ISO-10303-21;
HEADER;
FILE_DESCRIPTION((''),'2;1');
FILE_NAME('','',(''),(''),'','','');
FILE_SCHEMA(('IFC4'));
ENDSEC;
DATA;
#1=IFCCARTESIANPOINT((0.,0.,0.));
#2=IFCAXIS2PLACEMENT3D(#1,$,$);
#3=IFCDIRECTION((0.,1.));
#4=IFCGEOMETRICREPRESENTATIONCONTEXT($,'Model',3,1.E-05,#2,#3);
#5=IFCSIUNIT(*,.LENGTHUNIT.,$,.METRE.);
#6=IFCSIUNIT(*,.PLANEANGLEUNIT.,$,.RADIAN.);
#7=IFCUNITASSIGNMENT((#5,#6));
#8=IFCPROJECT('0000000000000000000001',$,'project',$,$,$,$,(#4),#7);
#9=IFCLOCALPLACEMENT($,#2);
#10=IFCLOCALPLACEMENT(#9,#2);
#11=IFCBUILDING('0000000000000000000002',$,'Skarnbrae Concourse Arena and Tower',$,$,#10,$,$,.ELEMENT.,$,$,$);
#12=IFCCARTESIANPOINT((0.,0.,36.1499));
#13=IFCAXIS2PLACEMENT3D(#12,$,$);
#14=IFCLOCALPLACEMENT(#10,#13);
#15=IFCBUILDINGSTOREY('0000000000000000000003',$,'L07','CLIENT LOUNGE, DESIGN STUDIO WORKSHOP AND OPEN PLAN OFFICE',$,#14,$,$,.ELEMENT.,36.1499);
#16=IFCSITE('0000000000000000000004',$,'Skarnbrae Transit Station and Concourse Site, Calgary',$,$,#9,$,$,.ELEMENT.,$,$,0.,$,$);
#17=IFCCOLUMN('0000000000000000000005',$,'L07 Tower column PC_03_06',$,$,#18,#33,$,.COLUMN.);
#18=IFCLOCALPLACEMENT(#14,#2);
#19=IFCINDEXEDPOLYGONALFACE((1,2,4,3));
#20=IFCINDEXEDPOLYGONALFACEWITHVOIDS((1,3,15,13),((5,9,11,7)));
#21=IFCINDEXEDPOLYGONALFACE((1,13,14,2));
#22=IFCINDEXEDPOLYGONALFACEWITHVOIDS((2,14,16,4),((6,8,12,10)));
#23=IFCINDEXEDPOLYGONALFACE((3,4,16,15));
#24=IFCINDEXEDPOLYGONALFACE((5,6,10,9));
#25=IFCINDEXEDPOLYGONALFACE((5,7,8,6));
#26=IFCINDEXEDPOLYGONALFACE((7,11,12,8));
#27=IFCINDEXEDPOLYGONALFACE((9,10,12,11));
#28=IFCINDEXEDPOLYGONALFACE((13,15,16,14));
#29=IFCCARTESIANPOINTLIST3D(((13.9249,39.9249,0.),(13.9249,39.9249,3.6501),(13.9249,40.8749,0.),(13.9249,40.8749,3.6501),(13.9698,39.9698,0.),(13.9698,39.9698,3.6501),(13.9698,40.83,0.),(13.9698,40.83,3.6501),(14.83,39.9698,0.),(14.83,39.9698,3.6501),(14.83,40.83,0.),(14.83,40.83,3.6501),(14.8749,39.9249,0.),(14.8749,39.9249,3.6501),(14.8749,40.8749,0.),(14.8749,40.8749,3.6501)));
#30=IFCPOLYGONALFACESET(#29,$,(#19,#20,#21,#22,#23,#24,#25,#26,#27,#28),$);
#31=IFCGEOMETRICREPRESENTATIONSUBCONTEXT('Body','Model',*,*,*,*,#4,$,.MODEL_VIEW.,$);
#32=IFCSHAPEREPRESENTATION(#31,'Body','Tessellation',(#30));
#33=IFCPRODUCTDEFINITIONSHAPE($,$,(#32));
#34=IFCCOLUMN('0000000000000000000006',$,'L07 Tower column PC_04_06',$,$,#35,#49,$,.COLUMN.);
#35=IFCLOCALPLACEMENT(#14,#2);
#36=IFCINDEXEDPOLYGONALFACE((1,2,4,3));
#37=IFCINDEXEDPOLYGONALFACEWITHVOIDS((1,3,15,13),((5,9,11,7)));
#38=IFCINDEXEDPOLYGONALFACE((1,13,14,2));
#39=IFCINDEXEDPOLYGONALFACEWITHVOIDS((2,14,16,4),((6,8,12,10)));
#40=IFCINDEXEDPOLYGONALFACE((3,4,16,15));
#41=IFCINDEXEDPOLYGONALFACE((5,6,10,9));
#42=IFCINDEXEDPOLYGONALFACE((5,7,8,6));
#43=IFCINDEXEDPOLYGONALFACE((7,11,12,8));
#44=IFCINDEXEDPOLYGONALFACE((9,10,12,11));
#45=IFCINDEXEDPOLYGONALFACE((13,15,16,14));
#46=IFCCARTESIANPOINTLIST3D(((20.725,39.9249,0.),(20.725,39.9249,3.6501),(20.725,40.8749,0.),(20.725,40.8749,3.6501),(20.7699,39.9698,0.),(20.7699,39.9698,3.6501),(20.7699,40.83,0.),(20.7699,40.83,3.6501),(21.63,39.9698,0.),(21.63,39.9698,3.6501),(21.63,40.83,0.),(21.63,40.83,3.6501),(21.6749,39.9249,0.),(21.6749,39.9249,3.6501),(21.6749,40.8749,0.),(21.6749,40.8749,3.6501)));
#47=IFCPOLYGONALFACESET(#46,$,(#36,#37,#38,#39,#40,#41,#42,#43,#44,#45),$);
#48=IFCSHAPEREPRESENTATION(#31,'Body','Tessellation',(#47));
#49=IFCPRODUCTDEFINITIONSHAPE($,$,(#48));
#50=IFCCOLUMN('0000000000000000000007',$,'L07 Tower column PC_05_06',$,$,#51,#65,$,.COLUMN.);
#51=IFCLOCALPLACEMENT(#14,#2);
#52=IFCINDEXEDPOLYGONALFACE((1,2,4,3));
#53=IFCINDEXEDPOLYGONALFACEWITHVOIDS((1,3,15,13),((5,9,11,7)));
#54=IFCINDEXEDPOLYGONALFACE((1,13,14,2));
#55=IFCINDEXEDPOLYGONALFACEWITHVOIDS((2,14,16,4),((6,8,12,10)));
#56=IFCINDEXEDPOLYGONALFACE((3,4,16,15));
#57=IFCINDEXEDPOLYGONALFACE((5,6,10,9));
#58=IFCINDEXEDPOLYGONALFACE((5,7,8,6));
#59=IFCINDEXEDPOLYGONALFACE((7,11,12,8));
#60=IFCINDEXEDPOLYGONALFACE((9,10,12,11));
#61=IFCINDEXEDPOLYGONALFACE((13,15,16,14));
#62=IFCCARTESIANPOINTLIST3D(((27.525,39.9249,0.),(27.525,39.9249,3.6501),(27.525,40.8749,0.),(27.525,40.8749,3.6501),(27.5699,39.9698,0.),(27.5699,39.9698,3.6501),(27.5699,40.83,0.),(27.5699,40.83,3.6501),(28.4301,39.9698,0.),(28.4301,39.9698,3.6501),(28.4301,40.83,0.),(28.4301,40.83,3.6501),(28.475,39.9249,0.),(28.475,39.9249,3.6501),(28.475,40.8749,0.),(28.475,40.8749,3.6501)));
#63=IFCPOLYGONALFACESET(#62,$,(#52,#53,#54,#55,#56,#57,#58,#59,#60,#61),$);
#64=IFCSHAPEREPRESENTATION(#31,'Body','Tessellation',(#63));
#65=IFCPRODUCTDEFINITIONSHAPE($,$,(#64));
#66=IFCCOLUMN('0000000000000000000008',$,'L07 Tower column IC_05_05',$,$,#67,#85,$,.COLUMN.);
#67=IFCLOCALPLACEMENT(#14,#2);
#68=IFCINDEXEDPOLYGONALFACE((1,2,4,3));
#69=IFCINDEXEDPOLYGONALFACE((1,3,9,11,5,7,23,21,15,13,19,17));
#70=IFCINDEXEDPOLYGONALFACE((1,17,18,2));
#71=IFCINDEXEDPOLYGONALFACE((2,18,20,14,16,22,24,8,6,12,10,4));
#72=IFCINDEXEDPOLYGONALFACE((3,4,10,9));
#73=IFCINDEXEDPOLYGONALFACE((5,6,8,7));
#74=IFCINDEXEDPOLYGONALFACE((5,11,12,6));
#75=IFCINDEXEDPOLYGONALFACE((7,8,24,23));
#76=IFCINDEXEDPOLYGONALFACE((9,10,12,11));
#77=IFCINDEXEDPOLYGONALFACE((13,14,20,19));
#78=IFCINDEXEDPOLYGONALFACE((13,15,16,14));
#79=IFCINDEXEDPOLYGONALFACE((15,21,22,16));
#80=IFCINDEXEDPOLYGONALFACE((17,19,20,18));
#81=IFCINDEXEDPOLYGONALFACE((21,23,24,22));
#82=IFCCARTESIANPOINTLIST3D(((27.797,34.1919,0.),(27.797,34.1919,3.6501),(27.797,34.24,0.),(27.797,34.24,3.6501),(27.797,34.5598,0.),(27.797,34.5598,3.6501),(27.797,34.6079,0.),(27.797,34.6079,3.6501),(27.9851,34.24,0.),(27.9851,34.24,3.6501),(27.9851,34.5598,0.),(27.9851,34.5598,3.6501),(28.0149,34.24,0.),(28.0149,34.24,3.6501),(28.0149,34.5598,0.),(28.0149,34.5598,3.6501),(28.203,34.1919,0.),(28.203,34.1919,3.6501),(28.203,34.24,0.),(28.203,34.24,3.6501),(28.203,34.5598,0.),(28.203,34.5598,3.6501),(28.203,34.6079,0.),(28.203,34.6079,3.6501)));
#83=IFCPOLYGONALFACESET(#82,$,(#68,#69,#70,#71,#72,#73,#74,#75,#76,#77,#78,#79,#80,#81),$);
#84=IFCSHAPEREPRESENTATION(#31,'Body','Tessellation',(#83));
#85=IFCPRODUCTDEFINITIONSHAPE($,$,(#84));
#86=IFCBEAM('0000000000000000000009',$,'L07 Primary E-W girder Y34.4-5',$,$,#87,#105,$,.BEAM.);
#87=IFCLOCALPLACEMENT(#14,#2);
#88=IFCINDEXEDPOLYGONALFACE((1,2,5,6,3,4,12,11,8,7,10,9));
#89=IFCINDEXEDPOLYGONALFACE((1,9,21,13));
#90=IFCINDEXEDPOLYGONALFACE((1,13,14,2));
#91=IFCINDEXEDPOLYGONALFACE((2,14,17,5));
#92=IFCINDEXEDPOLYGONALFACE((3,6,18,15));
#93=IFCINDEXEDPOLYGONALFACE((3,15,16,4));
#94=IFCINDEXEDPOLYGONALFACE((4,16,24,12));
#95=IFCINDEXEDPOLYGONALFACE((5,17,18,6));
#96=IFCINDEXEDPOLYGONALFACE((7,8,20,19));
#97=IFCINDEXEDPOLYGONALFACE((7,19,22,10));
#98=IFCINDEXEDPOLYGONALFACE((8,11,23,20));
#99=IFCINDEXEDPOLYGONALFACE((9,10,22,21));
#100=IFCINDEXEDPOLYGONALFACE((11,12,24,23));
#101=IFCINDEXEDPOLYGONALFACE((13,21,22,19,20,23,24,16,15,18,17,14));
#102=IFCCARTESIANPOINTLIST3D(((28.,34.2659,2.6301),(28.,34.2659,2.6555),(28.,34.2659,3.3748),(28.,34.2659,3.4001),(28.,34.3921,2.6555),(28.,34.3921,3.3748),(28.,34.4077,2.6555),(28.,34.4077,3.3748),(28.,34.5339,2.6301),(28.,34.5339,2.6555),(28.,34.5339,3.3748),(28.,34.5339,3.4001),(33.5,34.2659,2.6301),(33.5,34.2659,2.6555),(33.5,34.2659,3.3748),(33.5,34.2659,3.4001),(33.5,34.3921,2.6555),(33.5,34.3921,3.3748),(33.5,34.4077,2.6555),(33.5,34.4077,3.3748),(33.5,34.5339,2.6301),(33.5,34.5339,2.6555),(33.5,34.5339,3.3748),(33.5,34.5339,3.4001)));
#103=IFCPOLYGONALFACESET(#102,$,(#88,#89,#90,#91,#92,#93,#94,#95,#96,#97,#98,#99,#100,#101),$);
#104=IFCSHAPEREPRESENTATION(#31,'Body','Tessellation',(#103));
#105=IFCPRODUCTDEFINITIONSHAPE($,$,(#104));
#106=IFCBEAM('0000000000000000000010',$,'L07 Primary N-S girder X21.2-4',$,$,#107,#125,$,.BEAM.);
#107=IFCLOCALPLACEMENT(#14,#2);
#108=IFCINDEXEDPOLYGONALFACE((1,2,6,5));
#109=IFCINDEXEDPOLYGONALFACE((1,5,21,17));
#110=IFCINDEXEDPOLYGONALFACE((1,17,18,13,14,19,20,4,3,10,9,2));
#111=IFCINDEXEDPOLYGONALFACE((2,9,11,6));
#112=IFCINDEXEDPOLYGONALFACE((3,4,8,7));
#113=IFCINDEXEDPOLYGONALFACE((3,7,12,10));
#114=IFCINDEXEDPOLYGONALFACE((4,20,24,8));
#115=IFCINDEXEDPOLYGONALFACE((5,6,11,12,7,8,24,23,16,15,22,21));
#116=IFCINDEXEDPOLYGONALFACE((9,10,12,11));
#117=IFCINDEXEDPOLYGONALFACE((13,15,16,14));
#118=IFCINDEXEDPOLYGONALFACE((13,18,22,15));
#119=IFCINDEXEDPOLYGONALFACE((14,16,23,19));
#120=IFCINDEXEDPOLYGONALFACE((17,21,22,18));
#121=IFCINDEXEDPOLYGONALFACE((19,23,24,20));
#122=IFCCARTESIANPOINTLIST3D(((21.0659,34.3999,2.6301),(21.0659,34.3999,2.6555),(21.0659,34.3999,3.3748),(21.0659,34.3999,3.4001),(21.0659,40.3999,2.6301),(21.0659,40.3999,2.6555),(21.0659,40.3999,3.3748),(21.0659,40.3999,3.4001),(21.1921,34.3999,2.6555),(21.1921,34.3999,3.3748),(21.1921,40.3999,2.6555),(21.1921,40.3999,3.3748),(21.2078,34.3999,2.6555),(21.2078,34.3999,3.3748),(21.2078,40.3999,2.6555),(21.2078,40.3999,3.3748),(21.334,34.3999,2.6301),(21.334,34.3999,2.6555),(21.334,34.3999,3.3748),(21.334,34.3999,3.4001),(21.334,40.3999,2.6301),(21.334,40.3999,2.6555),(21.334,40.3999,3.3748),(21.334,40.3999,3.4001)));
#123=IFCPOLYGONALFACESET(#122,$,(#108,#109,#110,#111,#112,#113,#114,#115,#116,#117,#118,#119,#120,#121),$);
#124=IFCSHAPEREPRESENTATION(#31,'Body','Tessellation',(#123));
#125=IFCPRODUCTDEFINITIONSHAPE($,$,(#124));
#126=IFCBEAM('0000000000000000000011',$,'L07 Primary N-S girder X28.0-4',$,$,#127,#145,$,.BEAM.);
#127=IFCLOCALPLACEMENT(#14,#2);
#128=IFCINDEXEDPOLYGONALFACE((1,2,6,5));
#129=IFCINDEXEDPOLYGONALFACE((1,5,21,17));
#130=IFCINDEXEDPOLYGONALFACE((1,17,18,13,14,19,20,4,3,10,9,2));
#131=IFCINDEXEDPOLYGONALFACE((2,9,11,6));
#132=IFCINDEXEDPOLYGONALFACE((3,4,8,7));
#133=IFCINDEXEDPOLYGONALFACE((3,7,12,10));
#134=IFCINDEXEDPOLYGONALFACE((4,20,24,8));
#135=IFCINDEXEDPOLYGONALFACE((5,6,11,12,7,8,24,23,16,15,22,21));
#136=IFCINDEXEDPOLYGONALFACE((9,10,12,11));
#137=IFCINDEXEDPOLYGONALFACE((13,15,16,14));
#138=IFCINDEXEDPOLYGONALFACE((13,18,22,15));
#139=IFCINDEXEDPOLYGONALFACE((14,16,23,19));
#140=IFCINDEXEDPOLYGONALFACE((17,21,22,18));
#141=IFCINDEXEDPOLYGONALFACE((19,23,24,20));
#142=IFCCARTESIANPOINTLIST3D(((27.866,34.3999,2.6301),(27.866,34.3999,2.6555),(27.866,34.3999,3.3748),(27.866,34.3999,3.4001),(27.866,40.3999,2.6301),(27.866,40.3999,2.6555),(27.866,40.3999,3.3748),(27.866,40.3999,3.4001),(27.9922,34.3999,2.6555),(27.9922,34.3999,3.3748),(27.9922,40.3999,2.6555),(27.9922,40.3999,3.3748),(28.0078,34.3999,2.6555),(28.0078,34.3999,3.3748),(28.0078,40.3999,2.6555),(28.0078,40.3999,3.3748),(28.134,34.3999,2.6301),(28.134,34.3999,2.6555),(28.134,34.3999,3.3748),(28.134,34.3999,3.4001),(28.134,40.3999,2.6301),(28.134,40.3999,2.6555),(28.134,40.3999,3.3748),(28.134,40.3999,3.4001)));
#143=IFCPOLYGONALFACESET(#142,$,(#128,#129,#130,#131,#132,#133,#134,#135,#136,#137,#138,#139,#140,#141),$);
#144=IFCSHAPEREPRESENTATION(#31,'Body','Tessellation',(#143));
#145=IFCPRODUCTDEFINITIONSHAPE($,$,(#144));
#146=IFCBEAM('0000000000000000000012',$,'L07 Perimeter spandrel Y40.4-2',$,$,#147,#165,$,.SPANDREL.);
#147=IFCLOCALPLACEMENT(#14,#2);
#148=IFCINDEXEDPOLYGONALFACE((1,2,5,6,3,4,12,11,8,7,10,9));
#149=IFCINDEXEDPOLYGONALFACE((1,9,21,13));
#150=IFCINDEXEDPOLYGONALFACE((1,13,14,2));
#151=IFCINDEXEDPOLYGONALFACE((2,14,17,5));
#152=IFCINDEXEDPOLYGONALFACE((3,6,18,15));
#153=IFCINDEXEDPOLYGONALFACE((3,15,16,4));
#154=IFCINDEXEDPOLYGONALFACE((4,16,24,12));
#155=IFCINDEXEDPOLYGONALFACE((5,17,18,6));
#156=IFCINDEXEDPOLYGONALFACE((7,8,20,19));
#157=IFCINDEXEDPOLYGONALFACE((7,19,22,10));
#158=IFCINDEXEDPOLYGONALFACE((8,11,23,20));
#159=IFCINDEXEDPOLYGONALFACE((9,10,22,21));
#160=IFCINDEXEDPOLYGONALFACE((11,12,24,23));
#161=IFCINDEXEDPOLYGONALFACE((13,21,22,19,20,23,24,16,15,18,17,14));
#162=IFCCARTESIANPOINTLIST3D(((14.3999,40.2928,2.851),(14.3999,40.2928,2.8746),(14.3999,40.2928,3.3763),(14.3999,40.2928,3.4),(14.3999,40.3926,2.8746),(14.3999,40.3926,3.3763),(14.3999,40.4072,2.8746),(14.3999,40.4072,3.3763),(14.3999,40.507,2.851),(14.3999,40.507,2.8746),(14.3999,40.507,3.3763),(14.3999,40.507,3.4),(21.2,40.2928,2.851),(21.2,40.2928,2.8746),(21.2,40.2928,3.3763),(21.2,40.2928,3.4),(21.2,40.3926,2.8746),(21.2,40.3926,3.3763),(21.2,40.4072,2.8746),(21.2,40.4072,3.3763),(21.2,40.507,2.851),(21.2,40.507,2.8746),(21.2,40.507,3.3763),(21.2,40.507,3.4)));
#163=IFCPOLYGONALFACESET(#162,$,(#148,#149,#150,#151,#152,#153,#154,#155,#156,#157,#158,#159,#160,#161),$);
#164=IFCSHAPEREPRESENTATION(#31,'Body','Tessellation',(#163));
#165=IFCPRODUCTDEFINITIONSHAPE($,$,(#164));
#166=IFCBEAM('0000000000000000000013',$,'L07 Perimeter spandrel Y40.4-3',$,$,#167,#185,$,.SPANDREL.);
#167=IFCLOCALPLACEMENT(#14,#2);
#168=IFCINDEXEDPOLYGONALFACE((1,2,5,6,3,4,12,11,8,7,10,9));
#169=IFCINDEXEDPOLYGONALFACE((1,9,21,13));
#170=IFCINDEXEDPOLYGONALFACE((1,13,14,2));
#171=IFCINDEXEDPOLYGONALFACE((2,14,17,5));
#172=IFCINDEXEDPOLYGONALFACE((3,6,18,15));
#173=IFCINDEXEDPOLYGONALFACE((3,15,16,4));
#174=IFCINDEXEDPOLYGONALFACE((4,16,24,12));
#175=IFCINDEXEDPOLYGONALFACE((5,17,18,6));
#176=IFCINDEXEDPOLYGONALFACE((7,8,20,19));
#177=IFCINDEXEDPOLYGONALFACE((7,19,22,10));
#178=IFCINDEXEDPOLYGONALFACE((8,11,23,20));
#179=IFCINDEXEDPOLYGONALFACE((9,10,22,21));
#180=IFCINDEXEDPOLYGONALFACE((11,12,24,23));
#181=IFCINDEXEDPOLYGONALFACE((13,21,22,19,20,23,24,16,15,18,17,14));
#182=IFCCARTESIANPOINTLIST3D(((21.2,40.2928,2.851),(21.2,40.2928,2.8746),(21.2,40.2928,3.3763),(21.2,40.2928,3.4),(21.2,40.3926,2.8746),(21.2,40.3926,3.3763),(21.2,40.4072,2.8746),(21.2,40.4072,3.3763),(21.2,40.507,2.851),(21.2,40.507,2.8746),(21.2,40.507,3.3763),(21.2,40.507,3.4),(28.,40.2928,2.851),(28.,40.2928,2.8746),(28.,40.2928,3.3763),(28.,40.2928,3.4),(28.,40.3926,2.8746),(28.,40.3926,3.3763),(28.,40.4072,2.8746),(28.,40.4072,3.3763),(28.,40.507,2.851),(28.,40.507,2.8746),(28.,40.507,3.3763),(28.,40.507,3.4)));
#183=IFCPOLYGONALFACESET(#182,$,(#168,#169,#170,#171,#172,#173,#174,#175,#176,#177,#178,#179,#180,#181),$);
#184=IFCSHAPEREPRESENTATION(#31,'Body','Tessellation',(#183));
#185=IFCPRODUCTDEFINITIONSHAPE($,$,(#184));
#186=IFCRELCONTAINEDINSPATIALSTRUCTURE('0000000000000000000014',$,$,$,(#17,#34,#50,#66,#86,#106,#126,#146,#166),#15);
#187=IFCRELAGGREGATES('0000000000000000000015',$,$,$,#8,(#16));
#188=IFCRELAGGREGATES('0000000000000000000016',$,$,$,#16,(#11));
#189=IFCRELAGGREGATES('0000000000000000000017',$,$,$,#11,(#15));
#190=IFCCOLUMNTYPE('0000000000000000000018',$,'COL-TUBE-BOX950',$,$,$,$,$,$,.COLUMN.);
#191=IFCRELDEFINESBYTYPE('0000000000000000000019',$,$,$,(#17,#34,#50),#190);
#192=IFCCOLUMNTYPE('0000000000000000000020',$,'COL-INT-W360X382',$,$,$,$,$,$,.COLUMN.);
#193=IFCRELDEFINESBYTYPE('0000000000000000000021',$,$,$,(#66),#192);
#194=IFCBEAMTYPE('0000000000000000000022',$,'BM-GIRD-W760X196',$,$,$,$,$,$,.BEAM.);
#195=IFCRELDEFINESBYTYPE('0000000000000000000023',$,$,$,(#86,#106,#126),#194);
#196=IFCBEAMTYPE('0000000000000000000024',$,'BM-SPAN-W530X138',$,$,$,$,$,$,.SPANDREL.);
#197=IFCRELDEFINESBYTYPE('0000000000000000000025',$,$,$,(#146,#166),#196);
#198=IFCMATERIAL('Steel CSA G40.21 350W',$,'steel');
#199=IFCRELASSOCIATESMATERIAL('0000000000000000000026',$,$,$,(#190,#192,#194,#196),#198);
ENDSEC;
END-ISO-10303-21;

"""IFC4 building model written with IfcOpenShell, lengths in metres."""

from ifc_helpers import new_model, si_unit, direction, frame, origin, origin_2d, place, context, subcontext, project, spatial, hollow_rectangle, i_section, extrude, source, transform, mapped, material, material_profile, profile_set, type_object, element, save


model = new_model("IFC4")

# Units and contexts
model_context = context("Model", 3, precision=1e-05, world=origin(), true_north=direction((0.0, 1.0)))
body_context = subcontext(model_context, "Body", "Model", "MODEL_VIEW")
ifc_project = project(units=[si_unit("LENGTHUNIT", "METRE"), si_unit("PLANEANGLEUNIT", "RADIAN")], contexts=[model_context])

# Site, building, storey
site_placement = place(None, origin())
site = spatial("IfcSite", under=ifc_project, at=site_placement, Name="Skarnbrae Transit Station and Concourse Site, Calgary", CompositionType="ELEMENT", RefElevation=0.0)
building_placement = place(site_placement, origin())
building = spatial("IfcBuilding", under=site, at=building_placement, Name="Skarnbrae Concourse Arena and Tower", CompositionType="ELEMENT")
storey_placement = place(building_placement, frame((0.0, 0.0, 36.1499)))
storey = spatial("IfcBuildingStorey", under=building, at=storey_placement, Name="L07", Description="CLIENT LOUNGE, DESIGN STUDIO WORKSHOP AND OPEN PLAN OFFICE", CompositionType="ELEMENT", Elevation=36.1499)

# Columns
ifc_material_1 = material(Name="Steel CSA G40.21 350W", Category="steel")
ifc_material_profile_1 = material_profile(ifc_material_1, hollow_rectangle(XDim=0.95, YDim=0.95, WallThickness=0.0449, at=origin_2d()), Name="BOX950X950X45")
ifc_profile_set_1 = profile_set([ifc_material_profile_1], Name="Steel CSA G40.21 350W")
column_type_1 = type_object("IfcColumnType", Name="COL-TUBE-BOX950", PredefinedType="COLUMN", material=ifc_profile_set_1)
shared_shape_1 = source(origin(), body_context, "Body", "SweptSolid", [
    extrude(hollow_rectangle(XDim=0.95, YDim=0.95, WallThickness=0.0449, at=origin_2d()), origin(), (0.0, 0.0, 1.0), 3.6501),
])
for number, where, z_axis, x_axis, name in (
    (1, (14.3999, 40.3999, 0.0), (0.0, 0.0, 1.0), (1.0, 0.0, 0.0), "L07 Tower column PC_03_06"),
    (2, (21.2, 40.3999, 0.0), (0.0, 0.0, 1.0), (1.0, 0.0, 0.0), "L07 Tower column PC_04_06"),
    (3, (28.0, 40.3999, 0.0), (0.0, 0.0, 1.0), (1.0, 0.0, 0.0), "L07 Tower column PC_05_06"),
):
    element("IfcColumn", number, at=place(storey_placement, frame(where, z_axis=z_axis, x_axis=x_axis)), inside=storey, type_object=column_type_1, Name=name, PredefinedType="COLUMN", context=body_context, shape_type="MappedRepresentation", body=[
        mapped(shared_shape_1, transform((0.0, 0.0, 0.0))),
    ])
ifc_material_profile_2 = material_profile(ifc_material_1, i_section(OverallWidth=0.406, OverallDepth=0.416, WebThickness=0.0298, FlangeThickness=0.0481, at=origin_2d()), Name="W360X382")
ifc_profile_set_2 = profile_set([ifc_material_profile_2], Name="Steel CSA G40.21 350W")
column_type_2 = type_object("IfcColumnType", Name="COL-INT-W360X382", PredefinedType="COLUMN", material=ifc_profile_set_2)
shared_shape_2 = source(origin(), body_context, "Body", "SweptSolid", [
    extrude(i_section(OverallWidth=0.406, OverallDepth=0.416, WebThickness=0.0298, FlangeThickness=0.0481, at=origin_2d()), origin(), (0.0, 0.0, 1.0), 3.6501),
])
column_placement = place(storey_placement, frame((28.0, 34.3999, 0.0), z_axis=(0.0, 0.0, 1.0), x_axis=(1.0, 0.0, 0.0)))
element("IfcColumn", 4, at=column_placement, inside=storey, type_object=column_type_2, Name="L07 Tower column IC_05_05", PredefinedType="COLUMN", context=body_context, shape_type="MappedRepresentation", body=[
    mapped(shared_shape_2, transform((0.0, 0.0, 0.0))),
])

# Beams
ifc_material_profile_3 = material_profile(ifc_material_1, i_section(OverallWidth=0.2681, OverallDepth=0.77, WebThickness=0.0156, FlangeThickness=0.0254, at=origin_2d()), Name="W760X196")
ifc_profile_set_3 = profile_set([ifc_material_profile_3], Name="Steel CSA G40.21 350W")
beam_type_1 = type_object("IfcBeamType", Name="BM-GIRD-W760X196", PredefinedType="BEAM", material=ifc_profile_set_3)
shared_shape_3 = source(origin(), body_context, "Body", "SweptSolid", [
    extrude(i_section(OverallWidth=0.2681, OverallDepth=0.77, WebThickness=0.0156, FlangeThickness=0.0254, at=origin_2d()), origin(), (0.0, 0.0, 1.0), 5.5),
])
beam_1_placement = place(storey_placement, frame((28.0, 34.3999, 3.0151), z_axis=(1.0, 0.0, 0.0), x_axis=(0.0, 1.0, 0.0)))
element("IfcBeam", 5, at=beam_1_placement, inside=storey, type_object=beam_type_1, Name="L07 Primary E-W girder Y34.4-5", PredefinedType="BEAM", context=body_context, shape_type="MappedRepresentation", body=[
    mapped(shared_shape_3, transform((0.0, 0.0, 0.0))),
])
shared_shape_4 = source(origin(), body_context, "Body", "SweptSolid", [
    extrude(i_section(OverallWidth=0.2681, OverallDepth=0.77, WebThickness=0.0156, FlangeThickness=0.0254, at=origin_2d()), origin(), (0.0, 0.0, 1.0), 6.0),
])
for number, where, z_axis, x_axis, name in (
    (6, (21.2, 34.3999, 3.0151), (0.0, 1.0, 0.0), (-1.0, 0.0, 0.0), "L07 Primary N-S girder X21.2-4"),
    (7, (28.0, 34.3999, 3.0151), (0.0, 1.0, 0.0), (-1.0, 0.0, 0.0), "L07 Primary N-S girder X28.0-4"),
):
    element("IfcBeam", number, at=place(storey_placement, frame(where, z_axis=z_axis, x_axis=x_axis)), inside=storey, type_object=beam_type_1, Name=name, PredefinedType="BEAM", context=body_context, shape_type="MappedRepresentation", body=[
        mapped(shared_shape_4, transform((0.0, 0.0, 0.0))),
    ])
ifc_material_profile_4 = material_profile(ifc_material_1, i_section(OverallWidth=0.2141, OverallDepth=0.5491, WebThickness=0.0146, FlangeThickness=0.0237, at=origin_2d()), Name="W530X138")
ifc_profile_set_4 = profile_set([ifc_material_profile_4], Name="Steel CSA G40.21 350W")
beam_type_2 = type_object("IfcBeamType", Name="BM-SPAN-W530X138", PredefinedType="SPANDREL", material=ifc_profile_set_4)
shared_shape_5 = source(origin(), body_context, "Body", "SweptSolid", [
    extrude(i_section(OverallWidth=0.2141, OverallDepth=0.5491, WebThickness=0.0146, FlangeThickness=0.0237, at=origin_2d()), origin(), (0.0, 0.0, 1.0), 6.8),
])
for number, where, z_axis, x_axis, name in (
    (8, (14.3999, 40.3999, 3.1255), (1.0, 0.0, 0.0), (0.0, 1.0, 0.0), "L07 Perimeter spandrel Y40.4-2"),
    (9, (21.2, 40.3999, 3.1255), (1.0, 0.0, 0.0), (0.0, 1.0, 0.0), "L07 Perimeter spandrel Y40.4-3"),
):
    element("IfcBeam", number, at=place(storey_placement, frame(where, z_axis=z_axis, x_axis=x_axis)), inside=storey, type_object=beam_type_2, Name=name, PredefinedType="SPANDREL", context=body_context, shape_type="MappedRepresentation", body=[
        mapped(shared_shape_5, transform((0.0, 0.0, 0.0))),
    ])

save(model, "model.ifc")
